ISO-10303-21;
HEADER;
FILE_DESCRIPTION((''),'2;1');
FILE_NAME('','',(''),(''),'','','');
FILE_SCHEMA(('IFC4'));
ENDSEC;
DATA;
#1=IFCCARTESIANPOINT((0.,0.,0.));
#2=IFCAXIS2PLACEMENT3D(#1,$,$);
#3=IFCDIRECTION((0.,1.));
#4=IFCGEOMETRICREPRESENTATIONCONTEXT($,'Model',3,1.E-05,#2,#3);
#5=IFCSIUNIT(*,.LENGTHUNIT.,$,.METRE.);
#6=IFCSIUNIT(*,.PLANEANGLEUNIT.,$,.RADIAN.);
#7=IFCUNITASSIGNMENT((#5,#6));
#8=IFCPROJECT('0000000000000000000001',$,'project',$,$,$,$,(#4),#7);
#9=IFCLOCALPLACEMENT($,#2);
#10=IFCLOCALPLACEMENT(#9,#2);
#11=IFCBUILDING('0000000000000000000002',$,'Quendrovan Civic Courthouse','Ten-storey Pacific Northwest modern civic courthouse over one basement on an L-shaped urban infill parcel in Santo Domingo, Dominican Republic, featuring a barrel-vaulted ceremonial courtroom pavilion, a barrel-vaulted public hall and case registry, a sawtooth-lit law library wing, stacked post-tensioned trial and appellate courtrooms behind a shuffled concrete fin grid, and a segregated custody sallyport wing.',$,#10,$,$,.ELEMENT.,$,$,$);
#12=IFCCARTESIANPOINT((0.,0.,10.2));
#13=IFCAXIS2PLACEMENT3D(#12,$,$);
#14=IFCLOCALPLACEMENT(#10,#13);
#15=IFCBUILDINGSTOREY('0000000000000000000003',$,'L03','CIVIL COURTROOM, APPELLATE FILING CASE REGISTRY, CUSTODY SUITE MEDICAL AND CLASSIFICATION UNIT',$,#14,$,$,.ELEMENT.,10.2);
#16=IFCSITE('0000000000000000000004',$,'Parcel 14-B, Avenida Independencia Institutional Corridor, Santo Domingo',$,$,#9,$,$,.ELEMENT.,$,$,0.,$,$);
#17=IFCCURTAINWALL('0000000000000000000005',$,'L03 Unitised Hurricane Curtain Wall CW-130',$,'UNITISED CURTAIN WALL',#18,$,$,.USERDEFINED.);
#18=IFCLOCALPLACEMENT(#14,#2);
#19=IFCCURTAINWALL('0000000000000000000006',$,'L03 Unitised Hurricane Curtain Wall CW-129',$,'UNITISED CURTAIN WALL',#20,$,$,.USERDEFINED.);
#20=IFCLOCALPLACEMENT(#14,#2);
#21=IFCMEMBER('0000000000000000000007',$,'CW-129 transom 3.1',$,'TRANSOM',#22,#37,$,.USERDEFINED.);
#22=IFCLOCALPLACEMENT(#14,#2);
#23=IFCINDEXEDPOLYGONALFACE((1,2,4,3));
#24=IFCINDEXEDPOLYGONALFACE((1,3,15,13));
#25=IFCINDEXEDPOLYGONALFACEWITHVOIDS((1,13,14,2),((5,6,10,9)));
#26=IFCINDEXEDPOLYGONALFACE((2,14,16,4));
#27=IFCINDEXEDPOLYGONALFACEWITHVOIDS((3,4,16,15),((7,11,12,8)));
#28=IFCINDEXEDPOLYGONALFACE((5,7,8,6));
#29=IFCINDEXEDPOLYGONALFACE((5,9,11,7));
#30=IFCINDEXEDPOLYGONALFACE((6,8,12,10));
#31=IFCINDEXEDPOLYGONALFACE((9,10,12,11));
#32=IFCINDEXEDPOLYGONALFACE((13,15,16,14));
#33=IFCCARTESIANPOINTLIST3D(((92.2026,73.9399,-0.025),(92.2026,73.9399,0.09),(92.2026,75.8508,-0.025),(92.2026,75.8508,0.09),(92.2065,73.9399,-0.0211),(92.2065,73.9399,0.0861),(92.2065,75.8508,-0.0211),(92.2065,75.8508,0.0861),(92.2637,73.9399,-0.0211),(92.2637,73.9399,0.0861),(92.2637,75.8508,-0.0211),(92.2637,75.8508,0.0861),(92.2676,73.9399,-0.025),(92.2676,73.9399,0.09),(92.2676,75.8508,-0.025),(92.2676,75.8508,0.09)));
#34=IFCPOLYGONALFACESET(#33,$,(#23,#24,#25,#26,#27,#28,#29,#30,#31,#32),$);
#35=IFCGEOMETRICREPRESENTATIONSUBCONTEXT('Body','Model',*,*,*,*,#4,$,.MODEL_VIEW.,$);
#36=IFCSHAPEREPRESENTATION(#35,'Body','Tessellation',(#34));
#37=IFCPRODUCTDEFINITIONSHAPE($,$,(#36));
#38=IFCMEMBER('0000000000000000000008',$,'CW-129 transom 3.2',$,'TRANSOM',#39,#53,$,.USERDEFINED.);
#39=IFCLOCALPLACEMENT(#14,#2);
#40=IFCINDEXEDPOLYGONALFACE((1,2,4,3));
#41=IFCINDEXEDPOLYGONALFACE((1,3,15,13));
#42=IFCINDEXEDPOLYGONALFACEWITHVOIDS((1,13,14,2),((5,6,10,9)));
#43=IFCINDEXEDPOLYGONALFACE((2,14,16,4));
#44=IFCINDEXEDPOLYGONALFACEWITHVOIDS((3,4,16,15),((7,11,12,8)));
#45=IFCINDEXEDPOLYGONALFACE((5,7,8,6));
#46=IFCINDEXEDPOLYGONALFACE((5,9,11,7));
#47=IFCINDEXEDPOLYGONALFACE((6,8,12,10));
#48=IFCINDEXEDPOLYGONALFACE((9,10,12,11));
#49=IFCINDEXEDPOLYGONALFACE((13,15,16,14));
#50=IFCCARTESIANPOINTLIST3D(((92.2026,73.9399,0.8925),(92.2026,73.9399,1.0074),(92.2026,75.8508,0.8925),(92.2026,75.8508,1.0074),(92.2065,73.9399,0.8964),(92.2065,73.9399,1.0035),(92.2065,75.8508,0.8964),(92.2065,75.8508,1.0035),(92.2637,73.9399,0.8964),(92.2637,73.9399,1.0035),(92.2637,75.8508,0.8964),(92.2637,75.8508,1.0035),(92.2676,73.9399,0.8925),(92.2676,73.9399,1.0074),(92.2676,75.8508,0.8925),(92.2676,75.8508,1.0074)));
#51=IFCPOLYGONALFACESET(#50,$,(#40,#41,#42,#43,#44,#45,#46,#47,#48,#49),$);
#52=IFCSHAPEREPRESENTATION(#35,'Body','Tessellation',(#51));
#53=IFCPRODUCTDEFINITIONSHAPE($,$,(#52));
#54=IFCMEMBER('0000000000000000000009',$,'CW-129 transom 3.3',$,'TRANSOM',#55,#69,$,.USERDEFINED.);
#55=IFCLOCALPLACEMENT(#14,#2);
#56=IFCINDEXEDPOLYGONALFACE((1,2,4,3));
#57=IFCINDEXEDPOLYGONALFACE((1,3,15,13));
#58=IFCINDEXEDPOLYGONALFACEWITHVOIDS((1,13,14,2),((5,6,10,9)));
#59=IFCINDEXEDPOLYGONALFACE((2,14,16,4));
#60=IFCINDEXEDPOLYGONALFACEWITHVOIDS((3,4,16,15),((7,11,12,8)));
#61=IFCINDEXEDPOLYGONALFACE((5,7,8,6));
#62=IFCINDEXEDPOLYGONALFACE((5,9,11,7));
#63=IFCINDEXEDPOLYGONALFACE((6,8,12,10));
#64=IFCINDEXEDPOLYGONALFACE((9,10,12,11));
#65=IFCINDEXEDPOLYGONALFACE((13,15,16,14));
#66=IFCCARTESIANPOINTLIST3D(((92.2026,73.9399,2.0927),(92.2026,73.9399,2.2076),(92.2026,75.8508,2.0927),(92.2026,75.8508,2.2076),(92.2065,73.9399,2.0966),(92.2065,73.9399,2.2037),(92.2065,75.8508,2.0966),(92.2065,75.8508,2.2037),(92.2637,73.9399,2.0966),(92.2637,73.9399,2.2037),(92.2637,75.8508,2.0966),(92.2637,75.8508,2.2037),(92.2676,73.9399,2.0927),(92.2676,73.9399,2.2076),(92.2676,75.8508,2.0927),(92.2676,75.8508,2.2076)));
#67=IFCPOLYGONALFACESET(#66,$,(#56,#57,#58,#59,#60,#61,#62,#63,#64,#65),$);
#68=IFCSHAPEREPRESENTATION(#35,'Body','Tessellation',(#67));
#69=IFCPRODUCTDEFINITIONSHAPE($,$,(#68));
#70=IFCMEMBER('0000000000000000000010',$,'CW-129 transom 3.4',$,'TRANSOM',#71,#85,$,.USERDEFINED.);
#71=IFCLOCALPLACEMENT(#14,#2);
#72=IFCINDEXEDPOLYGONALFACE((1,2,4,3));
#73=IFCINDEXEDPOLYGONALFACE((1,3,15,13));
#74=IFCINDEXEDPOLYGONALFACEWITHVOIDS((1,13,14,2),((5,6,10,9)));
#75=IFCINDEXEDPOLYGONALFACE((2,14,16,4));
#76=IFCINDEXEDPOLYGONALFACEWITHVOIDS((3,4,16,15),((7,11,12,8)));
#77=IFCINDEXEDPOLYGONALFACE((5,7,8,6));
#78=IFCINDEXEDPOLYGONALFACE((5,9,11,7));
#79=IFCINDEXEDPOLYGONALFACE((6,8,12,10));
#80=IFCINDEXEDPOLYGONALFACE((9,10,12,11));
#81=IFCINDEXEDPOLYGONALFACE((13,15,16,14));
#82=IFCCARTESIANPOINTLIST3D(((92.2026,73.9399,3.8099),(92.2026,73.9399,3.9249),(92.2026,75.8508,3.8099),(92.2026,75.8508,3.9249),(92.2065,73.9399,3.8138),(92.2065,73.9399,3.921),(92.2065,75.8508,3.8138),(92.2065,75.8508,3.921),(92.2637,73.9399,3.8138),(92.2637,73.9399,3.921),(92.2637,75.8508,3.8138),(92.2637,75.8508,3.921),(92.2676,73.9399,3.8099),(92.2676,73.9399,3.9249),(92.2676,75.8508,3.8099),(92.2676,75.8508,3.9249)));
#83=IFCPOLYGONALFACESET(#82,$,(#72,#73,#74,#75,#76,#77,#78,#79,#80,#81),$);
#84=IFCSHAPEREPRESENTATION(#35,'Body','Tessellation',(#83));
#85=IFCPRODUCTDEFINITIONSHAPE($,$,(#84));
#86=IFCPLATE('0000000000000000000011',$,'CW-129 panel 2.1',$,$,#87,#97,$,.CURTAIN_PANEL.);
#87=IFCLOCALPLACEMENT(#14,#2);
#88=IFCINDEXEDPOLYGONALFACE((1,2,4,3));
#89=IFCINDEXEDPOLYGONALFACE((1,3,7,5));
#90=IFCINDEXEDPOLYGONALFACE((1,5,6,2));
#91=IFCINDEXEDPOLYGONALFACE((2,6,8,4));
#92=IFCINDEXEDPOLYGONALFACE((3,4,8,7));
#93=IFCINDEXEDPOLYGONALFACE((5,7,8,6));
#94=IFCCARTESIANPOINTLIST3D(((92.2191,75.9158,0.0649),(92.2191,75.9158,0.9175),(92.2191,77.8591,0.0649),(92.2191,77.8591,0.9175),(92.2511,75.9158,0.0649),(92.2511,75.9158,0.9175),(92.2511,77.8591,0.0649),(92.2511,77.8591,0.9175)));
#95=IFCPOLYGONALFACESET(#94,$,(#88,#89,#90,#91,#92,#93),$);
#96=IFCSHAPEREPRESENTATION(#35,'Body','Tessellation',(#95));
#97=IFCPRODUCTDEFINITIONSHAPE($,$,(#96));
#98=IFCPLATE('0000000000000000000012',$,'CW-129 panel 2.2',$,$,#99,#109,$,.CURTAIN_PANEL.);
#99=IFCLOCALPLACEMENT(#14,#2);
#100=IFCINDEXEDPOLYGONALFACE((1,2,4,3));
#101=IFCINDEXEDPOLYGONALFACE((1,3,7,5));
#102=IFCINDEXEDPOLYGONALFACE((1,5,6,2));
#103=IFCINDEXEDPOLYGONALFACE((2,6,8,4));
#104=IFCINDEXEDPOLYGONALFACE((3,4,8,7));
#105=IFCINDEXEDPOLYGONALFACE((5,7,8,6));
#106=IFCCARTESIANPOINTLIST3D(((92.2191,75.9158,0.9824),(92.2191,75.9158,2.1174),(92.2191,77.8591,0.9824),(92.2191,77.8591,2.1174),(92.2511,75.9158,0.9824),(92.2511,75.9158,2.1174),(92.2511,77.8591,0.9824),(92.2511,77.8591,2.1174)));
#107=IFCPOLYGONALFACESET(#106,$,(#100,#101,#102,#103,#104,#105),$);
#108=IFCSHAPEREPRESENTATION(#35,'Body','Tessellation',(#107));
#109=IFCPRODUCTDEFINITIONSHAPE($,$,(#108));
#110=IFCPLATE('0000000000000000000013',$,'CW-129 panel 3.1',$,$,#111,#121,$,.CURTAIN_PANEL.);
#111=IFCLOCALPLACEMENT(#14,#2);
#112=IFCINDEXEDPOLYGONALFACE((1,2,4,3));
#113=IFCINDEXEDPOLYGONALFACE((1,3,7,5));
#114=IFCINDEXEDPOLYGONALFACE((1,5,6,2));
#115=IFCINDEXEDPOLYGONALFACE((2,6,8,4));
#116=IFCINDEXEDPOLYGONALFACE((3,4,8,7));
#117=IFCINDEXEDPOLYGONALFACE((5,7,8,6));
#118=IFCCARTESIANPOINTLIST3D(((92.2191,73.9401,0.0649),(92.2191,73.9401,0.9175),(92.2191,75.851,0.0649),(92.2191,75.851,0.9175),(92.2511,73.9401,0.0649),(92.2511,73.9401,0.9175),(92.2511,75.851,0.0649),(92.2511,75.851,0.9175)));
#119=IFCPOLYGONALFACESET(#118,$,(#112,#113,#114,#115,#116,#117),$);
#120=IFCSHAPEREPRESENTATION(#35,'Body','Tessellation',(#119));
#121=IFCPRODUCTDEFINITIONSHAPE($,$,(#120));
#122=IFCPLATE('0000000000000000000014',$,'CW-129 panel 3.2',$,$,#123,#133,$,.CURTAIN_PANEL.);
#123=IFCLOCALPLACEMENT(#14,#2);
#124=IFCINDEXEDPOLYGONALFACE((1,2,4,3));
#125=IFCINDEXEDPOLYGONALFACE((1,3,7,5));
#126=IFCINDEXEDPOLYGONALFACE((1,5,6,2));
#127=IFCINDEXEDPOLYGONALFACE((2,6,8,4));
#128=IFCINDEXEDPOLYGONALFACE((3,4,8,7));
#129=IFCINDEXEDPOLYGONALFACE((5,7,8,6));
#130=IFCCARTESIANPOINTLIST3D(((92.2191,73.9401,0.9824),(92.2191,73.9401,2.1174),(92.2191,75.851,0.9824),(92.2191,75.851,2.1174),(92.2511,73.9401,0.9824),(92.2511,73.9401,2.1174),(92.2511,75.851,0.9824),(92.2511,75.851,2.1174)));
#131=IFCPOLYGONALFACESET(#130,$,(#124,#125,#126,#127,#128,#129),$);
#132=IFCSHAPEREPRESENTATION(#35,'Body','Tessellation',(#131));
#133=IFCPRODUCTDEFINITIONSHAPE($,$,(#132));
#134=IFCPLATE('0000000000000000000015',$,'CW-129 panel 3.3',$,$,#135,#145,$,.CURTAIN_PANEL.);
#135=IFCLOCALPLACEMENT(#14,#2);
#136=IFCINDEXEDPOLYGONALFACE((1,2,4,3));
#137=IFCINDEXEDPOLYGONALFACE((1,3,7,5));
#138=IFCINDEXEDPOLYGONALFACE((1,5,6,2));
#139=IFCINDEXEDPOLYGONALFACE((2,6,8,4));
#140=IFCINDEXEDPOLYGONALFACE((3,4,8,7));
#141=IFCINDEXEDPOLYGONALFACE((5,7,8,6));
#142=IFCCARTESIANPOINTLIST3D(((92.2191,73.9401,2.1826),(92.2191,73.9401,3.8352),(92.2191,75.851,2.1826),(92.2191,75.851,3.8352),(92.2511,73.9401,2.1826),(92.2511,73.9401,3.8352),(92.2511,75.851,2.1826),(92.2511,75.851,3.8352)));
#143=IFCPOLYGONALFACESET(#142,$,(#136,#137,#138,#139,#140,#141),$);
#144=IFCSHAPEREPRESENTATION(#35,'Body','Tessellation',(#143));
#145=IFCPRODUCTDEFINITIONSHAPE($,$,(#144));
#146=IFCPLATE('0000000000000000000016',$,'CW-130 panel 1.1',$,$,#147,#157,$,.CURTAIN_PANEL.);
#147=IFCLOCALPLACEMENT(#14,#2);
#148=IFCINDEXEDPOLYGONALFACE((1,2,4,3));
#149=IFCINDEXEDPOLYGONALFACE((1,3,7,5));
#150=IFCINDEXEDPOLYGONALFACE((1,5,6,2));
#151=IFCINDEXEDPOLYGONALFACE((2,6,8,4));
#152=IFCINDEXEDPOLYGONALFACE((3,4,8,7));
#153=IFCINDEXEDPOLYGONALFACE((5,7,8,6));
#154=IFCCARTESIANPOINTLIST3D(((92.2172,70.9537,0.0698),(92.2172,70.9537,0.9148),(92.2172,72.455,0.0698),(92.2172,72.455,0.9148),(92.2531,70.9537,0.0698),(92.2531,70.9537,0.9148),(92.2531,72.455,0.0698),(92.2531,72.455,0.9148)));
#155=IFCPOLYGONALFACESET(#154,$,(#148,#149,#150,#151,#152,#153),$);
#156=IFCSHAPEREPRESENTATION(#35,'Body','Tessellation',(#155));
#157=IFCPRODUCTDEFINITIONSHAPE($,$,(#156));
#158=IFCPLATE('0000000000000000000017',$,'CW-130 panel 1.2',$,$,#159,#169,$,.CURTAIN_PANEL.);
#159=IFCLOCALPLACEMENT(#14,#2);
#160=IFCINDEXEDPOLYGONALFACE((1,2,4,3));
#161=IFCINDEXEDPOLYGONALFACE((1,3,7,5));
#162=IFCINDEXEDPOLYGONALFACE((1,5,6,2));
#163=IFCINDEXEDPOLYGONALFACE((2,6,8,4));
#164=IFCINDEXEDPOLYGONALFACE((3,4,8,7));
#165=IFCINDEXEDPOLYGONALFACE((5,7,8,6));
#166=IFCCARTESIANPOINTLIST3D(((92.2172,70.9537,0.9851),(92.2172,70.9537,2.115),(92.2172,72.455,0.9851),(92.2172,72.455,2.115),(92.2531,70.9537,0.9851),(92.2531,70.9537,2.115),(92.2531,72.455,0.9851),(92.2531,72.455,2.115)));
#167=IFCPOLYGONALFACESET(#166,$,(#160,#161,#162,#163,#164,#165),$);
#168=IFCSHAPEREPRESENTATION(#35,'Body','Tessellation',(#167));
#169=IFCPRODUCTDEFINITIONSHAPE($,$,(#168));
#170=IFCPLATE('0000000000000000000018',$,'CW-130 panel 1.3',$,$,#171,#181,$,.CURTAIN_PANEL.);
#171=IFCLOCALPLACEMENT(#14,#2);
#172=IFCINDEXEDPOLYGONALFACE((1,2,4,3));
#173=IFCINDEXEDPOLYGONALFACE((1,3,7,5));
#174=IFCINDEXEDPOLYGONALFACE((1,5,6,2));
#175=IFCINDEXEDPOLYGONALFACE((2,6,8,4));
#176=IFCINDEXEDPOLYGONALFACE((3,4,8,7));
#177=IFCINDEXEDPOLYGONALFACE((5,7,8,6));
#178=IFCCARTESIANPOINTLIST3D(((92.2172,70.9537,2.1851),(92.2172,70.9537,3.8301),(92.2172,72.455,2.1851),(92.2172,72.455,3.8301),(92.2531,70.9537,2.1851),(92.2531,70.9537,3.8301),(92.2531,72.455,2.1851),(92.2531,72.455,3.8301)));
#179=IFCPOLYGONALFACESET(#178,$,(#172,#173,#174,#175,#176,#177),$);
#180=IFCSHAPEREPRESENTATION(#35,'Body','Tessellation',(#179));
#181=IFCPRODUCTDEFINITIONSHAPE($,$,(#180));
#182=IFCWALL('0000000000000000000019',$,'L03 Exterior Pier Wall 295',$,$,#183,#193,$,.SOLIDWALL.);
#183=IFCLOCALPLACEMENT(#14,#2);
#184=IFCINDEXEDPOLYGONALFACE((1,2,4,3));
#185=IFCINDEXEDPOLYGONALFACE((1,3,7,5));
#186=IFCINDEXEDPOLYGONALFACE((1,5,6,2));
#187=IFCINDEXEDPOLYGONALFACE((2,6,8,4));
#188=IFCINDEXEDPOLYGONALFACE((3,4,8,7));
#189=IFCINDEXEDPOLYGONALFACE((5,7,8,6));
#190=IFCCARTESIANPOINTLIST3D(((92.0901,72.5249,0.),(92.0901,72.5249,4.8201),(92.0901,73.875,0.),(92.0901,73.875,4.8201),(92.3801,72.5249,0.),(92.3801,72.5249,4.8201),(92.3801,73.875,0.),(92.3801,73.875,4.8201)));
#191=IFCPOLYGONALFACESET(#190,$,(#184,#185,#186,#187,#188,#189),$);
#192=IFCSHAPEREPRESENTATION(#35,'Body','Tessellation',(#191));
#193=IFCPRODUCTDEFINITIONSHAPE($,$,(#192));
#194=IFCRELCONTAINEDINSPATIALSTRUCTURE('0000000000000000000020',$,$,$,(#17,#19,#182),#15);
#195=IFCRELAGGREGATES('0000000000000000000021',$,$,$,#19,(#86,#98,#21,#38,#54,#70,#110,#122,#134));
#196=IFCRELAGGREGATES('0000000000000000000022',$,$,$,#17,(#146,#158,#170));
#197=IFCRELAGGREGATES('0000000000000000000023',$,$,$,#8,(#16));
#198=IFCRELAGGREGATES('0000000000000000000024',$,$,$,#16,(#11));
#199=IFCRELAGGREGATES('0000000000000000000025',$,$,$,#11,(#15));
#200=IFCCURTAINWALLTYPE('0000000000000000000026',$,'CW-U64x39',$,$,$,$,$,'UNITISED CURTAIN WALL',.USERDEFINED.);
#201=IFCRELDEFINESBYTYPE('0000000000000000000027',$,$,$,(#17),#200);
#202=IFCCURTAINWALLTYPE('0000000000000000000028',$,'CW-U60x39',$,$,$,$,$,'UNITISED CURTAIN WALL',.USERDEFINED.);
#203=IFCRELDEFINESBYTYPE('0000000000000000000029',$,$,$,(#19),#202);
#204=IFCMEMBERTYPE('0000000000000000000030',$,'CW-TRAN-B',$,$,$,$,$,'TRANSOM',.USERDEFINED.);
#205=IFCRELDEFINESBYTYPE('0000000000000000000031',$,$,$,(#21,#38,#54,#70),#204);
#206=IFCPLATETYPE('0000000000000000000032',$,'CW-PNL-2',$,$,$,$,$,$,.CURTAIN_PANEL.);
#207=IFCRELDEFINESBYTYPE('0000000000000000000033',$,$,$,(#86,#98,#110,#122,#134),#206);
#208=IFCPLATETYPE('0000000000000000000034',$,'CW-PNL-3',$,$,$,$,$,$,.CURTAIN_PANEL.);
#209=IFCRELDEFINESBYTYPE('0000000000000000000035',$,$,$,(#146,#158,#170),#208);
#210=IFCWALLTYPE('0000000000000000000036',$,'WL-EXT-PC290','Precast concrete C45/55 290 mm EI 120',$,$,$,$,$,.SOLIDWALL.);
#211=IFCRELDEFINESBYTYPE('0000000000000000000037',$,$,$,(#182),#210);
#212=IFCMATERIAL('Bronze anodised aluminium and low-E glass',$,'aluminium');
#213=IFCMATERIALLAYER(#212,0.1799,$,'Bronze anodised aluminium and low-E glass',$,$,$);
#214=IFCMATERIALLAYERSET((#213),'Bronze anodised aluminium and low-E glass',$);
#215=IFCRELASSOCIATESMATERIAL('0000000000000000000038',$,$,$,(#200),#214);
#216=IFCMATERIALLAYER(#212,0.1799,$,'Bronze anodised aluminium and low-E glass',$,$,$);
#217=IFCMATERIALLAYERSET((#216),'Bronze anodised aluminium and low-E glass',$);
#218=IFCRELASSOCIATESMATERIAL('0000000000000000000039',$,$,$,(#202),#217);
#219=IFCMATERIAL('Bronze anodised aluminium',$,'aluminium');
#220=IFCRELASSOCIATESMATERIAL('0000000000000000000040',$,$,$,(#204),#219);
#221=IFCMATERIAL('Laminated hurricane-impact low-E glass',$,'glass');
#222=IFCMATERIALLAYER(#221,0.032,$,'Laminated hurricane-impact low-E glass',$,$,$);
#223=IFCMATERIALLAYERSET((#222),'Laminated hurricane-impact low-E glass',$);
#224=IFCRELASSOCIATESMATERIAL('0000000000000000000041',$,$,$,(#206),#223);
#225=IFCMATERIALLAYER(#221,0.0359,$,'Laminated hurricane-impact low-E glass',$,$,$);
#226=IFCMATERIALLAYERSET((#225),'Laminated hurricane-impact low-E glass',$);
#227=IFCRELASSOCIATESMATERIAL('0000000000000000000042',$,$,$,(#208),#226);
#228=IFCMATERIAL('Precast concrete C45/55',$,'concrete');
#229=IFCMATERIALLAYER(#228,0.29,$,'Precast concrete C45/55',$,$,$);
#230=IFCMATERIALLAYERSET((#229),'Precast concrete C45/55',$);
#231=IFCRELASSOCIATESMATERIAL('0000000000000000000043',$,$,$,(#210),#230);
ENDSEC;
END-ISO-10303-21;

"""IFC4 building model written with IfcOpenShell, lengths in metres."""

from ifc_helpers import new_model, si_unit, direction, frame, frame_2d, origin, origin_2d, place, context, subcontext, project, spatial, rectangle, hollow_rectangle, extrude, material, layer, layer_set, material_profile, profile_set, type_object, element, aggregate, save


model = new_model("IFC4")

# Units and contexts
model_context = context("Model", 3, precision=1e-05, world=origin(), true_north=direction((0.0, 1.0)))
body_context = subcontext(model_context, "Body", "Model", "MODEL_VIEW")
ifc_project = project(units=[si_unit("LENGTHUNIT", "METRE"), si_unit("PLANEANGLEUNIT", "RADIAN")], contexts=[model_context])

# Site, building, storey
site_placement = place(None, origin())
site = spatial("IfcSite", under=ifc_project, at=site_placement, Name="Parcel 14-B, Avenida Independencia Institutional Corridor, Santo Domingo", CompositionType="ELEMENT", RefElevation=0.0)
building_placement = place(site_placement, origin())
building = spatial("IfcBuilding", under=site, at=building_placement, Name="Quendrovan Civic Courthouse", Description="Ten-storey Pacific Northwest modern civic courthouse over one basement on an L-shaped urban infill parcel in Santo Domingo, Dominican Republic, featuring a barrel-vaulted ceremonial courtroom pavilion, a barrel-vaulted public hall and case registry, a sawtooth-lit law library wing, stacked post-tensioned trial and appellate courtrooms behind a shuffled concrete fin grid, and a segregated custody sallyport wing.", CompositionType="ELEMENT")
storey_placement = place(building_placement, frame((0.0, 0.0, 10.2)))
storey = spatial("IfcBuildingStorey", under=building, at=storey_placement, Name="L03", Description="CIVIL COURTROOM, APPELLATE FILING CASE REGISTRY, CUSTODY SUITE MEDICAL AND CLASSIFICATION UNIT", CompositionType="ELEMENT", Elevation=10.2)

# Curtain walls
ifc_material_1 = material(Name="Bronze anodised aluminium and low-E glass", Category="aluminium")
ifc_layer_1 = layer(ifc_material_1, 0.1799, Name="Bronze anodised aluminium and low-E glass")
ifc_layer_set_1 = layer_set([ifc_layer_1], Name="Bronze anodised aluminium and low-E glass")
curtain_wall_type_1 = type_object("IfcCurtainWallType", Name="CW-U64x39", ElementType="UNITISED CURTAIN WALL", PredefinedType="USERDEFINED", material=ifc_layer_set_1)
curtain_wall_1_placement = place(storey_placement, origin())
curtain_wall_1 = element("IfcCurtainWall", 1, at=curtain_wall_1_placement, inside=storey, type_object=curtain_wall_type_1, Name="L03 Unitised Hurricane Curtain Wall CW-130", ObjectType="UNITISED CURTAIN WALL", PredefinedType="USERDEFINED")
ifc_material_2 = material(Name="Bronze anodised aluminium", Category="aluminium")
ifc_layer_2 = layer(ifc_material_1, 0.1799, Name="Bronze anodised aluminium and low-E glass")
ifc_layer_set_2 = layer_set([ifc_layer_2], Name="Bronze anodised aluminium and low-E glass")
curtain_wall_type_2 = type_object("IfcCurtainWallType", Name="CW-U60x39", ElementType="UNITISED CURTAIN WALL", PredefinedType="USERDEFINED", material=ifc_layer_set_2)
curtain_wall_2_placement = place(storey_placement, origin())
curtain_wall_2 = element("IfcCurtainWall", 2, at=curtain_wall_2_placement, inside=storey, type_object=curtain_wall_type_2, Name="L03 Unitised Hurricane Curtain Wall CW-129", ObjectType="UNITISED CURTAIN WALL", PredefinedType="USERDEFINED")

# Members
ifc_material_profile_1 = material_profile(ifc_material_2, hollow_rectangle(XDim=0.0649, YDim=0.115, WallThickness=0.0039, at=origin_2d()), Name="CW-TRAN-65x115")
ifc_profile_set_1 = profile_set([ifc_material_profile_1], Name="Bronze anodised aluminium")
member_type_1 = type_object("IfcMemberType", Name="CW-TRAN-B", ElementType="TRANSOM", PredefinedType="USERDEFINED", material=ifc_profile_set_1)
member_1_placement = place(storey_placement, frame((92.2351, 75.8508, 0.0325), z_axis=(0.0, -1.0, 0.0), x_axis=(1.0, 0.0, 0.0)))
member_1 = element("IfcMember", 3, at=member_1_placement, type_object=member_type_1, Name="CW-129 transom 3.1", ObjectType="TRANSOM", PredefinedType="USERDEFINED", context=body_context, shape_type="SweptSolid", body=[
    extrude(hollow_rectangle(XDim=0.0649, YDim=0.115, WallThickness=0.0039, at=origin_2d()), origin(), (0.0, 0.0, 1.0), 1.9109),
])
member_2_placement = place(storey_placement, frame((92.2351, 75.8508, 0.95), z_axis=(0.0, -1.0, 0.0), x_axis=(1.0, 0.0, 0.0)))
member_2 = element("IfcMember", 4, at=member_2_placement, type_object=member_type_1, Name="CW-129 transom 3.2", ObjectType="TRANSOM", PredefinedType="USERDEFINED", context=body_context, shape_type="SweptSolid", body=[
    extrude(hollow_rectangle(XDim=0.0649, YDim=0.115, WallThickness=0.0039, at=origin_2d()), origin(), (0.0, 0.0, 1.0), 1.9109),
])
member_3_placement = place(storey_placement, frame((92.2351, 75.8508, 2.1501), z_axis=(0.0, -1.0, 0.0), x_axis=(1.0, 0.0, 0.0)))
member_3 = element("IfcMember", 5, at=member_3_placement, type_object=member_type_1, Name="CW-129 transom 3.3", ObjectType="TRANSOM", PredefinedType="USERDEFINED", context=body_context, shape_type="SweptSolid", body=[
    extrude(hollow_rectangle(XDim=0.0649, YDim=0.115, WallThickness=0.0039, at=origin_2d()), origin(), (0.0, 0.0, 1.0), 1.9109),
])
member_4_placement = place(storey_placement, frame((92.2351, 75.8508, 3.8674), z_axis=(0.0, -1.0, 0.0), x_axis=(1.0, 0.0, 0.0)))
member_4 = element("IfcMember", 6, at=member_4_placement, type_object=member_type_1, Name="CW-129 transom 3.4", ObjectType="TRANSOM", PredefinedType="USERDEFINED", context=body_context, shape_type="SweptSolid", body=[
    extrude(hollow_rectangle(XDim=0.0649, YDim=0.115, WallThickness=0.0039, at=origin_2d()), origin(), (0.0, 0.0, 1.0), 1.9109),
])

# Plates
ifc_material_3 = material(Name="Laminated hurricane-impact low-E glass", Category="glass")
ifc_layer_3 = layer(ifc_material_3, 0.032, Name="Laminated hurricane-impact low-E glass")
ifc_layer_set_3 = layer_set([ifc_layer_3], Name="Laminated hurricane-impact low-E glass")
plate_type_1 = type_object("IfcPlateType", Name="CW-PNL-2", PredefinedType="CURTAIN_PANEL", material=ifc_layer_set_3)
plate_1_placement = place(storey_placement, frame((92.2351, 76.8875, 0.0649), z_axis=(0.0, 0.0, 1.0), x_axis=(0.0, -1.0, 0.0)))
plate_1 = element("IfcPlate", 7, at=plate_1_placement, type_object=plate_type_1, Name="CW-129 panel 2.1", PredefinedType="CURTAIN_PANEL", context=body_context, shape_type="SweptSolid", body=[
    extrude(rectangle(XDim=1.9434, YDim=0.032, at=origin_2d()), origin(), (0.0, 0.0, 1.0), 0.8525),
])
plate_2_placement = place(storey_placement, frame((92.2351, 76.8875, 0.9824), z_axis=(0.0, 0.0, 1.0), x_axis=(0.0, -1.0, 0.0)))
plate_2 = element("IfcPlate", 8, at=plate_2_placement, type_object=plate_type_1, Name="CW-129 panel 2.2", PredefinedType="CURTAIN_PANEL", context=body_context, shape_type="SweptSolid", body=[
    extrude(rectangle(XDim=1.9434, YDim=0.032, at=origin_2d()), origin(), (0.0, 0.0, 1.0), 1.135),
])
plate_3_placement = place(storey_placement, frame((92.2351, 74.8955, 0.0649), z_axis=(0.0, 0.0, 1.0), x_axis=(0.0, -1.0, 0.0)))
plate_3 = element("IfcPlate", 9, at=plate_3_placement, type_object=plate_type_1, Name="CW-129 panel 3.1", PredefinedType="CURTAIN_PANEL", context=body_context, shape_type="SweptSolid", body=[
    extrude(rectangle(XDim=1.9109, YDim=0.032, at=origin_2d()), origin(), (0.0, 0.0, 1.0), 0.8525),
])
plate_4_placement = place(storey_placement, frame((92.2351, 74.8955, 0.9824), z_axis=(0.0, 0.0, 1.0), x_axis=(0.0, -1.0, 0.0)))
plate_4 = element("IfcPlate", 10, at=plate_4_placement, type_object=plate_type_1, Name="CW-129 panel 3.2", PredefinedType="CURTAIN_PANEL", context=body_context, shape_type="SweptSolid", body=[
    extrude(rectangle(XDim=1.9109, YDim=0.032, at=origin_2d()), origin(), (0.0, 0.0, 1.0), 1.135),
])
plate_5_placement = place(storey_placement, frame((92.2351, 74.8955, 2.1826), z_axis=(0.0, 0.0, 1.0), x_axis=(0.0, -1.0, 0.0)))
plate_5 = element("IfcPlate", 11, at=plate_5_placement, type_object=plate_type_1, Name="CW-129 panel 3.3", PredefinedType="CURTAIN_PANEL", context=body_context, shape_type="SweptSolid", body=[
    extrude(rectangle(XDim=1.9109, YDim=0.032, at=origin_2d()), origin(), (0.0, 0.0, 1.0), 1.6526),
])
aggregate(curtain_wall_2, [plate_1, plate_2, member_1, member_2, member_3, member_4, plate_3, plate_4, plate_5])
ifc_layer_4 = layer(ifc_material_3, 0.0359, Name="Laminated hurricane-impact low-E glass")
ifc_layer_set_4 = layer_set([ifc_layer_4], Name="Laminated hurricane-impact low-E glass")
plate_type_2 = type_object("IfcPlateType", Name="CW-PNL-3", PredefinedType="CURTAIN_PANEL", material=ifc_layer_set_4)
plate_6_placement = place(storey_placement, frame((92.2351, 71.7043, 0.0698), z_axis=(0.0, 0.0, 1.0), x_axis=(0.0, -1.0, 0.0)))
plate_6 = element("IfcPlate", 12, at=plate_6_placement, type_object=plate_type_2, Name="CW-130 panel 1.1", PredefinedType="CURTAIN_PANEL", context=body_context, shape_type="SweptSolid", body=[
    extrude(rectangle(XDim=1.5012, YDim=0.0359, at=origin_2d()), origin(), (0.0, 0.0, 1.0), 0.845),
])
plate_7_placement = place(storey_placement, frame((92.2351, 71.7043, 0.9851), z_axis=(0.0, 0.0, 1.0), x_axis=(0.0, -1.0, 0.0)))
plate_7 = element("IfcPlate", 13, at=plate_7_placement, type_object=plate_type_2, Name="CW-130 panel 1.2", PredefinedType="CURTAIN_PANEL", context=body_context, shape_type="SweptSolid", body=[
    extrude(rectangle(XDim=1.5012, YDim=0.0359, at=origin_2d()), origin(), (0.0, 0.0, 1.0), 1.1299),
])
plate_8_placement = place(storey_placement, frame((92.2351, 71.7043, 2.1851), z_axis=(0.0, 0.0, 1.0), x_axis=(0.0, -1.0, 0.0)))
plate_8 = element("IfcPlate", 14, at=plate_8_placement, type_object=plate_type_2, Name="CW-130 panel 1.3", PredefinedType="CURTAIN_PANEL", context=body_context, shape_type="SweptSolid", body=[
    extrude(rectangle(XDim=1.5012, YDim=0.0359, at=origin_2d()), origin(), (0.0, 0.0, 1.0), 1.645),
])
aggregate(curtain_wall_1, [plate_6, plate_7, plate_8])

# Wall
ifc_material_4 = material(Name="Precast concrete C45/55", Category="concrete")
ifc_layer_5 = layer(ifc_material_4, 0.29, Name="Precast concrete C45/55")
ifc_layer_set_5 = layer_set([ifc_layer_5], Name="Precast concrete C45/55")
wall_type_1 = type_object("IfcWallType", Name="WL-EXT-PC290", Description="Precast concrete C45/55 290 mm EI 120", PredefinedType="SOLIDWALL", material=ifc_layer_set_5)
wall_1_placement = place(storey_placement, frame((92.2351, 73.875, 0.0), z_axis=(0.0, 0.0, 1.0), x_axis=(0.0, -1.0, 0.0)))
element("IfcWall", 15, at=wall_1_placement, inside=storey, type_object=wall_type_1, Name="L03 Exterior Pier Wall 295", PredefinedType="SOLIDWALL", context=body_context, shape_type="SweptSolid", body=[
    extrude(rectangle(XDim=1.3501, YDim=0.29, at=frame_2d((0.675, 0.0))), origin(), (0.0, 0.0, 1.0), 4.8201),
])

save(model, "model.ifc")
